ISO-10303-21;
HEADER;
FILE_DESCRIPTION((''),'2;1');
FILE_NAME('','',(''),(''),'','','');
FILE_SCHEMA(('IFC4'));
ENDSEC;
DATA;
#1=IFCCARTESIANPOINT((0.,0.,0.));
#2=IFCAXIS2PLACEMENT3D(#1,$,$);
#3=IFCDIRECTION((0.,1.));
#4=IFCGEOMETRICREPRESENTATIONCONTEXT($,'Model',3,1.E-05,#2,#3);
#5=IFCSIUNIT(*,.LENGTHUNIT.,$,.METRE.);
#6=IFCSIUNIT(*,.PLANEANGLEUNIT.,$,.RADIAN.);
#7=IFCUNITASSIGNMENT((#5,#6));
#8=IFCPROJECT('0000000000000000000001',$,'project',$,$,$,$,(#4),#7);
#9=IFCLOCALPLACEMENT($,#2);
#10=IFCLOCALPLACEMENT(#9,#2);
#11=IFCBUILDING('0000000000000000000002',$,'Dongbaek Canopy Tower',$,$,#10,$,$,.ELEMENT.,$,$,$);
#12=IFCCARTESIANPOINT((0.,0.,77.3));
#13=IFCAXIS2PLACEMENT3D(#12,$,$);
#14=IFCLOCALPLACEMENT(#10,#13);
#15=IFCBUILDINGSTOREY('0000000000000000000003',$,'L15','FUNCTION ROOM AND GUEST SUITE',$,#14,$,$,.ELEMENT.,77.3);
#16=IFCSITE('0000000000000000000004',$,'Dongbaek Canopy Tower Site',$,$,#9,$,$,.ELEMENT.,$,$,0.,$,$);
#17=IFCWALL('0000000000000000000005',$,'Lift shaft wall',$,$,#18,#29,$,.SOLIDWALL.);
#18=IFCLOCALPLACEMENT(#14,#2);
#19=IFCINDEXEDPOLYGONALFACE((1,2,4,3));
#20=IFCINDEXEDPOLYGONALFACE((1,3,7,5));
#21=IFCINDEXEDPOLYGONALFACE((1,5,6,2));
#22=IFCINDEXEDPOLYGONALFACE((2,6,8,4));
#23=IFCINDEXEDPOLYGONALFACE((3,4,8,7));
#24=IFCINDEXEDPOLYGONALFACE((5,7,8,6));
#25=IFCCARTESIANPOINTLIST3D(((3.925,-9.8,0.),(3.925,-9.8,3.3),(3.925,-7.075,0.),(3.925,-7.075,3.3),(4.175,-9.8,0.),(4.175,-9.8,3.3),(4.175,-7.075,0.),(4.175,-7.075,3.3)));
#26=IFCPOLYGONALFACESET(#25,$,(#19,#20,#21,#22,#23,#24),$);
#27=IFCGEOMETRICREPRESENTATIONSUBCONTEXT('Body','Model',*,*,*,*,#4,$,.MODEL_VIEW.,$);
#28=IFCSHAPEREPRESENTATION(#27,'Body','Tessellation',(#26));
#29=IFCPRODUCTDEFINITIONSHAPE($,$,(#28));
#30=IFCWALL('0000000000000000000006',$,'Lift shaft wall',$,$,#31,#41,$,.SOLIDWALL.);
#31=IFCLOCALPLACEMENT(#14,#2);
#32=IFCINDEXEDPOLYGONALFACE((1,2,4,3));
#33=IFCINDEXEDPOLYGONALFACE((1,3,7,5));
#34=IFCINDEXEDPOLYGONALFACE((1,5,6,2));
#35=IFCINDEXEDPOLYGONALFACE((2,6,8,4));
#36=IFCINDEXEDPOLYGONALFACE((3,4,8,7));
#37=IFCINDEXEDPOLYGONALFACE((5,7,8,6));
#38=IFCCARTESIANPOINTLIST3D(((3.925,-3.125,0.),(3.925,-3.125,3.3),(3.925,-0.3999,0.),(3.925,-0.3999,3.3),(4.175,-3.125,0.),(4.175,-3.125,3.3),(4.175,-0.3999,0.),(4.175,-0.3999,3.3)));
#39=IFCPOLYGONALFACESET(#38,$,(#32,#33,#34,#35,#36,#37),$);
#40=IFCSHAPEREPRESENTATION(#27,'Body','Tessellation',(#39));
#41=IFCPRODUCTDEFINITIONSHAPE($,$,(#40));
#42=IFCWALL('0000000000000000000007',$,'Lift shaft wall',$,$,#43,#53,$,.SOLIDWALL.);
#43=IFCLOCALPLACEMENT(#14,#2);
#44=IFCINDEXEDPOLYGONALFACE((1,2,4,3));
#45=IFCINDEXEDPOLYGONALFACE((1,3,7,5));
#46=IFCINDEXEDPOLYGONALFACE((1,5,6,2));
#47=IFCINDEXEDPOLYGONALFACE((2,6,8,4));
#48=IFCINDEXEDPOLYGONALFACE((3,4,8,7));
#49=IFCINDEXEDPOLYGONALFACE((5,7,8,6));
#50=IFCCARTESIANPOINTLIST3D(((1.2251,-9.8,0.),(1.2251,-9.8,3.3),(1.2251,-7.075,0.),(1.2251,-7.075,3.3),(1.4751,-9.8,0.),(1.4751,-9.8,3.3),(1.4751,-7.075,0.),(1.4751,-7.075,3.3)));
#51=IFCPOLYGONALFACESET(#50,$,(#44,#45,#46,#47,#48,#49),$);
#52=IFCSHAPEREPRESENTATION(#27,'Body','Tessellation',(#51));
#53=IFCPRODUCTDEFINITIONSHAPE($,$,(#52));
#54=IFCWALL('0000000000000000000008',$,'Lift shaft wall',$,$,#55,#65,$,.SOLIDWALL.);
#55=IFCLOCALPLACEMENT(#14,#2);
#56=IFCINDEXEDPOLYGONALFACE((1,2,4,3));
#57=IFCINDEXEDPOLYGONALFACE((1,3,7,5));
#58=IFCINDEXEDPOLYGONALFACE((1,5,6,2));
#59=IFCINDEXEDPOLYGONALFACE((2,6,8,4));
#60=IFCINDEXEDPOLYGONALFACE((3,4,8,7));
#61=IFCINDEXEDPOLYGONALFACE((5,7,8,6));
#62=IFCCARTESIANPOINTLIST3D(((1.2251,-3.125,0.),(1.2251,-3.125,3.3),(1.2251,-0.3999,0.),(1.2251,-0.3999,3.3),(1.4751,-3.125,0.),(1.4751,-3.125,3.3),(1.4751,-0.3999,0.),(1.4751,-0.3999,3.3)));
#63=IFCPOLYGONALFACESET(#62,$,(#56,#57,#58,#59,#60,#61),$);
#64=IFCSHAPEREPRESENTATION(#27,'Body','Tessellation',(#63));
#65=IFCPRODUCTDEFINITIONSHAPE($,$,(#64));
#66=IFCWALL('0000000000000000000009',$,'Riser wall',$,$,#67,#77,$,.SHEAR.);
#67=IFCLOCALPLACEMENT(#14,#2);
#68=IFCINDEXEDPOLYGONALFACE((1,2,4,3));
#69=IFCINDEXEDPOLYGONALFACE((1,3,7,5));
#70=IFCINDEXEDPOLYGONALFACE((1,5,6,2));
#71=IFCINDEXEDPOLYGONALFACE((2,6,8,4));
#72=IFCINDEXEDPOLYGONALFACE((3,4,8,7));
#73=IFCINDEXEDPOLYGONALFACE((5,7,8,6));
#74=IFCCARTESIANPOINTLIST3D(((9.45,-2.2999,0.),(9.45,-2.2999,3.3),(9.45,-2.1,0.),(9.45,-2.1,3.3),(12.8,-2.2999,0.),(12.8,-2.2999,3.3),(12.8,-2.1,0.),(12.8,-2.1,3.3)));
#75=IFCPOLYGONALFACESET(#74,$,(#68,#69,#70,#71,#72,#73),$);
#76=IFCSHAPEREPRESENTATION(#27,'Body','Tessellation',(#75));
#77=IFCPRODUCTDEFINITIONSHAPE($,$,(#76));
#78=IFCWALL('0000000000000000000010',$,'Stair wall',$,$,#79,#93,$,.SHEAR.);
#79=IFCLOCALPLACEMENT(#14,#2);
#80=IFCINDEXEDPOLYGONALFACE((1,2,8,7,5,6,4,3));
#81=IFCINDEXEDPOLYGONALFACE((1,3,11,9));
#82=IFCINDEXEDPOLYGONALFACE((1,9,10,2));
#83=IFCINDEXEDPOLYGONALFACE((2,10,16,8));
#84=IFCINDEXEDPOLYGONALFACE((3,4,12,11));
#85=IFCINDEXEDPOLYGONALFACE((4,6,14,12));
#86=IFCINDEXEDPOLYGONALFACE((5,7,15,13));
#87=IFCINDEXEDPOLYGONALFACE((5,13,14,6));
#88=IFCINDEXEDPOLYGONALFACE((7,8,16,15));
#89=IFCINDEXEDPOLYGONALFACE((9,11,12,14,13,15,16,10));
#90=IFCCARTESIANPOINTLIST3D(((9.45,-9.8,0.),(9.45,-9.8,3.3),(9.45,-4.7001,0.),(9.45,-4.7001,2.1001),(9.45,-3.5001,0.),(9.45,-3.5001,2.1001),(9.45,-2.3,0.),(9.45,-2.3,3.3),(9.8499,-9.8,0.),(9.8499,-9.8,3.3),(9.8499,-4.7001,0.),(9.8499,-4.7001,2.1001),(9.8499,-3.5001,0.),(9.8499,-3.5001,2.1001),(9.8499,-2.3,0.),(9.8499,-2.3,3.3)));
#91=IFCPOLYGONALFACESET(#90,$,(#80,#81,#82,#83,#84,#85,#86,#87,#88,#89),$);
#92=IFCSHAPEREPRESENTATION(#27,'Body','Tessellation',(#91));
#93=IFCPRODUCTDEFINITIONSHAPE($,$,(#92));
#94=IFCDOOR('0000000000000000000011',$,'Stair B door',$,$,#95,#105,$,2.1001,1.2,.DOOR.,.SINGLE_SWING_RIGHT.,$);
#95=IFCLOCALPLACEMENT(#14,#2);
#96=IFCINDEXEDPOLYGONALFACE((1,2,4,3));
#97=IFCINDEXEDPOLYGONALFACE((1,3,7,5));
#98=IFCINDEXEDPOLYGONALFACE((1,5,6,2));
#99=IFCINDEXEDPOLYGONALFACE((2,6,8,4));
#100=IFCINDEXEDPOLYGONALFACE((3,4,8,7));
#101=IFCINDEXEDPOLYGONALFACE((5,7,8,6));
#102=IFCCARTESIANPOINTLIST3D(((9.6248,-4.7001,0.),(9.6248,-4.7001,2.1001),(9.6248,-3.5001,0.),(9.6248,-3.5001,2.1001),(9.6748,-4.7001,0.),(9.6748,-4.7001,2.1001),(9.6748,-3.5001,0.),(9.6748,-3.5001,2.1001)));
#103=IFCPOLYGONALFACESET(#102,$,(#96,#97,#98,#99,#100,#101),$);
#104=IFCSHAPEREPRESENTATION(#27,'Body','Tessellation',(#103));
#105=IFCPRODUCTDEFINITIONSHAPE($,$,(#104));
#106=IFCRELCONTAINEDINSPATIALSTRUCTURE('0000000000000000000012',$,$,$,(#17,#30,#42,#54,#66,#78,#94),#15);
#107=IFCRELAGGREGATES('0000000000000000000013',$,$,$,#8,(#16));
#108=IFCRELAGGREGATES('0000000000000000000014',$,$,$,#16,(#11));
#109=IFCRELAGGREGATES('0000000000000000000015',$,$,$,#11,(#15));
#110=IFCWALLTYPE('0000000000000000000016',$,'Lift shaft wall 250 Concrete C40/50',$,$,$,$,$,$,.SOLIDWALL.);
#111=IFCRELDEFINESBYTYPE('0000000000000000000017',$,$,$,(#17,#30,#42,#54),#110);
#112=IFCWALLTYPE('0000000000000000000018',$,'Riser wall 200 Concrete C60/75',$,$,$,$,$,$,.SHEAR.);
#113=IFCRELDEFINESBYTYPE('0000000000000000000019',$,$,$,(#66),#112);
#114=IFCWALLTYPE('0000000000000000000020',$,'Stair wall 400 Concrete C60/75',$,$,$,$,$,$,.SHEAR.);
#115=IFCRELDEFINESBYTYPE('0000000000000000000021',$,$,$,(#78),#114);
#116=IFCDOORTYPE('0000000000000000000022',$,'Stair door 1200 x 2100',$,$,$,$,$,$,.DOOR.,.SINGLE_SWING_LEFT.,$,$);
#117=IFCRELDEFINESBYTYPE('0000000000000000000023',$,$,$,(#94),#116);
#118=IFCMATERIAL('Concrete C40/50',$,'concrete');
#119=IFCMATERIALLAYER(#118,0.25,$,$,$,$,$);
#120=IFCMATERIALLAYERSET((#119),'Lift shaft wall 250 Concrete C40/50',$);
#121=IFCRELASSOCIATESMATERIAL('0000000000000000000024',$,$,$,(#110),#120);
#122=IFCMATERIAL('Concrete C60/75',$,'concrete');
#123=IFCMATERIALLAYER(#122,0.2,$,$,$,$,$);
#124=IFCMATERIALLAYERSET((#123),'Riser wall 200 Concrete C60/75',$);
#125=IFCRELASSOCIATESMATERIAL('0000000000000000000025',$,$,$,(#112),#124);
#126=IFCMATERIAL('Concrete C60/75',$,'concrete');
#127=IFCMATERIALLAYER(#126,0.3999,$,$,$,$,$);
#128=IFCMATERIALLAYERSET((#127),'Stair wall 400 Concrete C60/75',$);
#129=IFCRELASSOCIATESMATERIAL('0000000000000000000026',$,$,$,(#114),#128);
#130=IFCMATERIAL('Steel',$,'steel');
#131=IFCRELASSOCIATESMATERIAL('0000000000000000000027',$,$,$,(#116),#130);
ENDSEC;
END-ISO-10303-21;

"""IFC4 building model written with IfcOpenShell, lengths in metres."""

from ifc_helpers import new_model, si_unit, direction, frame, frame_2d, origin, place, context, subcontext, project, spatial, rectangle, extrude, material, layer, layer_set, type_object, element, fill, save


model = new_model("IFC4")

# Units and contexts
model_context = context("Model", 3, precision=1e-05, world=origin(), true_north=direction((0.0, 1.0)))
body_context = subcontext(model_context, "Body", "Model", "MODEL_VIEW")
ifc_project = project(units=[si_unit("LENGTHUNIT", "METRE"), si_unit("PLANEANGLEUNIT", "RADIAN")], contexts=[model_context])

# Site, building, storey
site_placement = place(None, origin())
site = spatial("IfcSite", under=ifc_project, at=site_placement, Name="Dongbaek Canopy Tower Site", CompositionType="ELEMENT", RefElevation=0.0)
building_placement = place(site_placement, origin())
building = spatial("IfcBuilding", under=site, at=building_placement, Name="Dongbaek Canopy Tower", CompositionType="ELEMENT")
storey_placement = place(building_placement, frame((0.0, 0.0, 77.3)))
storey = spatial("IfcBuildingStorey", under=building, at=storey_placement, Name="L15", Description="FUNCTION ROOM AND GUEST SUITE", CompositionType="ELEMENT", Elevation=77.3)

# Walls
ifc_material_1 = material(Name="Concrete C40/50", Category="concrete")
ifc_layer_1 = layer(ifc_material_1, 0.25)
ifc_layer_set_1 = layer_set([ifc_layer_1], Name="Lift shaft wall 250 Concrete C40/50")
wall_type_1 = type_object("IfcWallType", Name="Lift shaft wall 250 Concrete C40/50", PredefinedType="SOLIDWALL", material=ifc_layer_set_1)
for number, where, z_axis, x_axis, name in (
    (1, (4.05, -9.8, 0.0), (0.0, 0.0, 1.0), (0.0, 1.0, 0.0), "Lift shaft wall"),
    (2, (4.05, -3.125, 0.0), (0.0, 0.0, 1.0), (0.0, 1.0, 0.0), "Lift shaft wall"),
    (3, (1.3501, -9.8, 0.0), (0.0, 0.0, 1.0), (0.0, 1.0, 0.0), "Lift shaft wall"),
    (4, (1.3501, -3.125, 0.0), (0.0, 0.0, 1.0), (0.0, 1.0, 0.0), "Lift shaft wall"),
):
    element("IfcWall", number, at=place(storey_placement, frame(where, z_axis=z_axis, x_axis=x_axis)), inside=storey, type_object=wall_type_1, Name=name, PredefinedType="SOLIDWALL", context=body_context, shape_type="SweptSolid", body=[
        extrude(rectangle(XDim=2.7251, YDim=0.25, at=frame_2d((1.3625, 0.0))), origin(), (0.0, 0.0, 1.0), 3.3),
    ])
ifc_material_2 = material(Name="Concrete C60/75", Category="concrete")
ifc_layer_2 = layer(ifc_material_2, 0.2)
ifc_layer_set_2 = layer_set([ifc_layer_2], Name="Riser wall 200 Concrete C60/75")
wall_type_2 = type_object("IfcWallType", Name="Riser wall 200 Concrete C60/75", PredefinedType="SHEAR", material=ifc_layer_set_2)
wall_1_placement = place(storey_placement, frame((9.45, -2.2, 0.0), z_axis=(0.0, 0.0, 1.0), x_axis=(1.0, 0.0, 0.0)))
element("IfcWall", 5, at=wall_1_placement, inside=storey, type_object=wall_type_2, Name="Riser wall", PredefinedType="SHEAR", context=body_context, shape_type="SweptSolid", body=[
    extrude(rectangle(XDim=3.3501, YDim=0.2, at=frame_2d((1.675, 0.0))), origin(), (0.0, 0.0, 1.0), 3.3),
])

# Wall, opening, door
ifc_material_3 = material(Name="Concrete C60/75", Category="concrete")
ifc_layer_3 = layer(ifc_material_3, 0.3999)
ifc_layer_set_3 = layer_set([ifc_layer_3], Name="Stair wall 400 Concrete C60/75")
wall_type_3 = type_object("IfcWallType", Name="Stair wall 400 Concrete C60/75", PredefinedType="SHEAR", material=ifc_layer_set_3)
wall_2_placement = place(storey_placement, frame((9.6499, -2.3, 0.0), z_axis=(0.0, 0.0, 1.0), x_axis=(0.0, -1.0, 0.0)))
wall_2 = element("IfcWall", 6, at=wall_2_placement, inside=storey, type_object=wall_type_3, Name="Stair wall", PredefinedType="SHEAR", context=body_context, shape_type="SweptSolid", body=[
    extrude(rectangle(XDim=7.5, YDim=0.3999, at=frame_2d((3.75, 0.0))), origin(), (0.0, 0.0, 1.0), 3.3),
])
opening_1_placement = place(wall_2_placement, frame((1.2, 0.0, 0.0)))
opening_1 = element("IfcOpeningElement", 7, at=opening_1_placement, cuts=wall_2, PredefinedType="OPENING", context=body_context, shape_type="SweptSolid", body=[
    extrude(rectangle(XDim=1.2, YDim=2.1001, at=frame_2d((0.6001, 1.05))), frame((0.0, 0.21, 0.0), z_axis=(0.0, -1.0, 0.0), x_axis=(1.0, 0.0, 0.0)), (0.0, 0.0, 1.0), 0.4199),
])
ifc_material_4 = material(Name="Steel", Category="steel")
door_type_1 = type_object("IfcDoorType", Name="Stair door 1200 x 2100", OperationType="SINGLE_SWING_LEFT", PredefinedType="DOOR", material=ifc_material_4)
door_1_placement = place(opening_1_placement, origin())
door_1 = element("IfcDoor", 8, at=door_1_placement, inside=storey, type_object=door_type_1, Name="Stair B door", OperationType="SINGLE_SWING_RIGHT", OverallHeight=2.1001, OverallWidth=1.2, PredefinedType="DOOR", context=body_context, shape_type="SweptSolid", body=[
    extrude(rectangle(XDim=1.2, YDim=2.1001, at=frame_2d((0.6001, 1.05))), frame((0.0, 0.0249, 0.0), z_axis=(0.0, -1.0, 0.0), x_axis=(1.0, 0.0, 0.0)), (0.0, 0.0, 1.0), 0.05),
])
fill(opening_1, door_1)

save(model, "model.ifc")
